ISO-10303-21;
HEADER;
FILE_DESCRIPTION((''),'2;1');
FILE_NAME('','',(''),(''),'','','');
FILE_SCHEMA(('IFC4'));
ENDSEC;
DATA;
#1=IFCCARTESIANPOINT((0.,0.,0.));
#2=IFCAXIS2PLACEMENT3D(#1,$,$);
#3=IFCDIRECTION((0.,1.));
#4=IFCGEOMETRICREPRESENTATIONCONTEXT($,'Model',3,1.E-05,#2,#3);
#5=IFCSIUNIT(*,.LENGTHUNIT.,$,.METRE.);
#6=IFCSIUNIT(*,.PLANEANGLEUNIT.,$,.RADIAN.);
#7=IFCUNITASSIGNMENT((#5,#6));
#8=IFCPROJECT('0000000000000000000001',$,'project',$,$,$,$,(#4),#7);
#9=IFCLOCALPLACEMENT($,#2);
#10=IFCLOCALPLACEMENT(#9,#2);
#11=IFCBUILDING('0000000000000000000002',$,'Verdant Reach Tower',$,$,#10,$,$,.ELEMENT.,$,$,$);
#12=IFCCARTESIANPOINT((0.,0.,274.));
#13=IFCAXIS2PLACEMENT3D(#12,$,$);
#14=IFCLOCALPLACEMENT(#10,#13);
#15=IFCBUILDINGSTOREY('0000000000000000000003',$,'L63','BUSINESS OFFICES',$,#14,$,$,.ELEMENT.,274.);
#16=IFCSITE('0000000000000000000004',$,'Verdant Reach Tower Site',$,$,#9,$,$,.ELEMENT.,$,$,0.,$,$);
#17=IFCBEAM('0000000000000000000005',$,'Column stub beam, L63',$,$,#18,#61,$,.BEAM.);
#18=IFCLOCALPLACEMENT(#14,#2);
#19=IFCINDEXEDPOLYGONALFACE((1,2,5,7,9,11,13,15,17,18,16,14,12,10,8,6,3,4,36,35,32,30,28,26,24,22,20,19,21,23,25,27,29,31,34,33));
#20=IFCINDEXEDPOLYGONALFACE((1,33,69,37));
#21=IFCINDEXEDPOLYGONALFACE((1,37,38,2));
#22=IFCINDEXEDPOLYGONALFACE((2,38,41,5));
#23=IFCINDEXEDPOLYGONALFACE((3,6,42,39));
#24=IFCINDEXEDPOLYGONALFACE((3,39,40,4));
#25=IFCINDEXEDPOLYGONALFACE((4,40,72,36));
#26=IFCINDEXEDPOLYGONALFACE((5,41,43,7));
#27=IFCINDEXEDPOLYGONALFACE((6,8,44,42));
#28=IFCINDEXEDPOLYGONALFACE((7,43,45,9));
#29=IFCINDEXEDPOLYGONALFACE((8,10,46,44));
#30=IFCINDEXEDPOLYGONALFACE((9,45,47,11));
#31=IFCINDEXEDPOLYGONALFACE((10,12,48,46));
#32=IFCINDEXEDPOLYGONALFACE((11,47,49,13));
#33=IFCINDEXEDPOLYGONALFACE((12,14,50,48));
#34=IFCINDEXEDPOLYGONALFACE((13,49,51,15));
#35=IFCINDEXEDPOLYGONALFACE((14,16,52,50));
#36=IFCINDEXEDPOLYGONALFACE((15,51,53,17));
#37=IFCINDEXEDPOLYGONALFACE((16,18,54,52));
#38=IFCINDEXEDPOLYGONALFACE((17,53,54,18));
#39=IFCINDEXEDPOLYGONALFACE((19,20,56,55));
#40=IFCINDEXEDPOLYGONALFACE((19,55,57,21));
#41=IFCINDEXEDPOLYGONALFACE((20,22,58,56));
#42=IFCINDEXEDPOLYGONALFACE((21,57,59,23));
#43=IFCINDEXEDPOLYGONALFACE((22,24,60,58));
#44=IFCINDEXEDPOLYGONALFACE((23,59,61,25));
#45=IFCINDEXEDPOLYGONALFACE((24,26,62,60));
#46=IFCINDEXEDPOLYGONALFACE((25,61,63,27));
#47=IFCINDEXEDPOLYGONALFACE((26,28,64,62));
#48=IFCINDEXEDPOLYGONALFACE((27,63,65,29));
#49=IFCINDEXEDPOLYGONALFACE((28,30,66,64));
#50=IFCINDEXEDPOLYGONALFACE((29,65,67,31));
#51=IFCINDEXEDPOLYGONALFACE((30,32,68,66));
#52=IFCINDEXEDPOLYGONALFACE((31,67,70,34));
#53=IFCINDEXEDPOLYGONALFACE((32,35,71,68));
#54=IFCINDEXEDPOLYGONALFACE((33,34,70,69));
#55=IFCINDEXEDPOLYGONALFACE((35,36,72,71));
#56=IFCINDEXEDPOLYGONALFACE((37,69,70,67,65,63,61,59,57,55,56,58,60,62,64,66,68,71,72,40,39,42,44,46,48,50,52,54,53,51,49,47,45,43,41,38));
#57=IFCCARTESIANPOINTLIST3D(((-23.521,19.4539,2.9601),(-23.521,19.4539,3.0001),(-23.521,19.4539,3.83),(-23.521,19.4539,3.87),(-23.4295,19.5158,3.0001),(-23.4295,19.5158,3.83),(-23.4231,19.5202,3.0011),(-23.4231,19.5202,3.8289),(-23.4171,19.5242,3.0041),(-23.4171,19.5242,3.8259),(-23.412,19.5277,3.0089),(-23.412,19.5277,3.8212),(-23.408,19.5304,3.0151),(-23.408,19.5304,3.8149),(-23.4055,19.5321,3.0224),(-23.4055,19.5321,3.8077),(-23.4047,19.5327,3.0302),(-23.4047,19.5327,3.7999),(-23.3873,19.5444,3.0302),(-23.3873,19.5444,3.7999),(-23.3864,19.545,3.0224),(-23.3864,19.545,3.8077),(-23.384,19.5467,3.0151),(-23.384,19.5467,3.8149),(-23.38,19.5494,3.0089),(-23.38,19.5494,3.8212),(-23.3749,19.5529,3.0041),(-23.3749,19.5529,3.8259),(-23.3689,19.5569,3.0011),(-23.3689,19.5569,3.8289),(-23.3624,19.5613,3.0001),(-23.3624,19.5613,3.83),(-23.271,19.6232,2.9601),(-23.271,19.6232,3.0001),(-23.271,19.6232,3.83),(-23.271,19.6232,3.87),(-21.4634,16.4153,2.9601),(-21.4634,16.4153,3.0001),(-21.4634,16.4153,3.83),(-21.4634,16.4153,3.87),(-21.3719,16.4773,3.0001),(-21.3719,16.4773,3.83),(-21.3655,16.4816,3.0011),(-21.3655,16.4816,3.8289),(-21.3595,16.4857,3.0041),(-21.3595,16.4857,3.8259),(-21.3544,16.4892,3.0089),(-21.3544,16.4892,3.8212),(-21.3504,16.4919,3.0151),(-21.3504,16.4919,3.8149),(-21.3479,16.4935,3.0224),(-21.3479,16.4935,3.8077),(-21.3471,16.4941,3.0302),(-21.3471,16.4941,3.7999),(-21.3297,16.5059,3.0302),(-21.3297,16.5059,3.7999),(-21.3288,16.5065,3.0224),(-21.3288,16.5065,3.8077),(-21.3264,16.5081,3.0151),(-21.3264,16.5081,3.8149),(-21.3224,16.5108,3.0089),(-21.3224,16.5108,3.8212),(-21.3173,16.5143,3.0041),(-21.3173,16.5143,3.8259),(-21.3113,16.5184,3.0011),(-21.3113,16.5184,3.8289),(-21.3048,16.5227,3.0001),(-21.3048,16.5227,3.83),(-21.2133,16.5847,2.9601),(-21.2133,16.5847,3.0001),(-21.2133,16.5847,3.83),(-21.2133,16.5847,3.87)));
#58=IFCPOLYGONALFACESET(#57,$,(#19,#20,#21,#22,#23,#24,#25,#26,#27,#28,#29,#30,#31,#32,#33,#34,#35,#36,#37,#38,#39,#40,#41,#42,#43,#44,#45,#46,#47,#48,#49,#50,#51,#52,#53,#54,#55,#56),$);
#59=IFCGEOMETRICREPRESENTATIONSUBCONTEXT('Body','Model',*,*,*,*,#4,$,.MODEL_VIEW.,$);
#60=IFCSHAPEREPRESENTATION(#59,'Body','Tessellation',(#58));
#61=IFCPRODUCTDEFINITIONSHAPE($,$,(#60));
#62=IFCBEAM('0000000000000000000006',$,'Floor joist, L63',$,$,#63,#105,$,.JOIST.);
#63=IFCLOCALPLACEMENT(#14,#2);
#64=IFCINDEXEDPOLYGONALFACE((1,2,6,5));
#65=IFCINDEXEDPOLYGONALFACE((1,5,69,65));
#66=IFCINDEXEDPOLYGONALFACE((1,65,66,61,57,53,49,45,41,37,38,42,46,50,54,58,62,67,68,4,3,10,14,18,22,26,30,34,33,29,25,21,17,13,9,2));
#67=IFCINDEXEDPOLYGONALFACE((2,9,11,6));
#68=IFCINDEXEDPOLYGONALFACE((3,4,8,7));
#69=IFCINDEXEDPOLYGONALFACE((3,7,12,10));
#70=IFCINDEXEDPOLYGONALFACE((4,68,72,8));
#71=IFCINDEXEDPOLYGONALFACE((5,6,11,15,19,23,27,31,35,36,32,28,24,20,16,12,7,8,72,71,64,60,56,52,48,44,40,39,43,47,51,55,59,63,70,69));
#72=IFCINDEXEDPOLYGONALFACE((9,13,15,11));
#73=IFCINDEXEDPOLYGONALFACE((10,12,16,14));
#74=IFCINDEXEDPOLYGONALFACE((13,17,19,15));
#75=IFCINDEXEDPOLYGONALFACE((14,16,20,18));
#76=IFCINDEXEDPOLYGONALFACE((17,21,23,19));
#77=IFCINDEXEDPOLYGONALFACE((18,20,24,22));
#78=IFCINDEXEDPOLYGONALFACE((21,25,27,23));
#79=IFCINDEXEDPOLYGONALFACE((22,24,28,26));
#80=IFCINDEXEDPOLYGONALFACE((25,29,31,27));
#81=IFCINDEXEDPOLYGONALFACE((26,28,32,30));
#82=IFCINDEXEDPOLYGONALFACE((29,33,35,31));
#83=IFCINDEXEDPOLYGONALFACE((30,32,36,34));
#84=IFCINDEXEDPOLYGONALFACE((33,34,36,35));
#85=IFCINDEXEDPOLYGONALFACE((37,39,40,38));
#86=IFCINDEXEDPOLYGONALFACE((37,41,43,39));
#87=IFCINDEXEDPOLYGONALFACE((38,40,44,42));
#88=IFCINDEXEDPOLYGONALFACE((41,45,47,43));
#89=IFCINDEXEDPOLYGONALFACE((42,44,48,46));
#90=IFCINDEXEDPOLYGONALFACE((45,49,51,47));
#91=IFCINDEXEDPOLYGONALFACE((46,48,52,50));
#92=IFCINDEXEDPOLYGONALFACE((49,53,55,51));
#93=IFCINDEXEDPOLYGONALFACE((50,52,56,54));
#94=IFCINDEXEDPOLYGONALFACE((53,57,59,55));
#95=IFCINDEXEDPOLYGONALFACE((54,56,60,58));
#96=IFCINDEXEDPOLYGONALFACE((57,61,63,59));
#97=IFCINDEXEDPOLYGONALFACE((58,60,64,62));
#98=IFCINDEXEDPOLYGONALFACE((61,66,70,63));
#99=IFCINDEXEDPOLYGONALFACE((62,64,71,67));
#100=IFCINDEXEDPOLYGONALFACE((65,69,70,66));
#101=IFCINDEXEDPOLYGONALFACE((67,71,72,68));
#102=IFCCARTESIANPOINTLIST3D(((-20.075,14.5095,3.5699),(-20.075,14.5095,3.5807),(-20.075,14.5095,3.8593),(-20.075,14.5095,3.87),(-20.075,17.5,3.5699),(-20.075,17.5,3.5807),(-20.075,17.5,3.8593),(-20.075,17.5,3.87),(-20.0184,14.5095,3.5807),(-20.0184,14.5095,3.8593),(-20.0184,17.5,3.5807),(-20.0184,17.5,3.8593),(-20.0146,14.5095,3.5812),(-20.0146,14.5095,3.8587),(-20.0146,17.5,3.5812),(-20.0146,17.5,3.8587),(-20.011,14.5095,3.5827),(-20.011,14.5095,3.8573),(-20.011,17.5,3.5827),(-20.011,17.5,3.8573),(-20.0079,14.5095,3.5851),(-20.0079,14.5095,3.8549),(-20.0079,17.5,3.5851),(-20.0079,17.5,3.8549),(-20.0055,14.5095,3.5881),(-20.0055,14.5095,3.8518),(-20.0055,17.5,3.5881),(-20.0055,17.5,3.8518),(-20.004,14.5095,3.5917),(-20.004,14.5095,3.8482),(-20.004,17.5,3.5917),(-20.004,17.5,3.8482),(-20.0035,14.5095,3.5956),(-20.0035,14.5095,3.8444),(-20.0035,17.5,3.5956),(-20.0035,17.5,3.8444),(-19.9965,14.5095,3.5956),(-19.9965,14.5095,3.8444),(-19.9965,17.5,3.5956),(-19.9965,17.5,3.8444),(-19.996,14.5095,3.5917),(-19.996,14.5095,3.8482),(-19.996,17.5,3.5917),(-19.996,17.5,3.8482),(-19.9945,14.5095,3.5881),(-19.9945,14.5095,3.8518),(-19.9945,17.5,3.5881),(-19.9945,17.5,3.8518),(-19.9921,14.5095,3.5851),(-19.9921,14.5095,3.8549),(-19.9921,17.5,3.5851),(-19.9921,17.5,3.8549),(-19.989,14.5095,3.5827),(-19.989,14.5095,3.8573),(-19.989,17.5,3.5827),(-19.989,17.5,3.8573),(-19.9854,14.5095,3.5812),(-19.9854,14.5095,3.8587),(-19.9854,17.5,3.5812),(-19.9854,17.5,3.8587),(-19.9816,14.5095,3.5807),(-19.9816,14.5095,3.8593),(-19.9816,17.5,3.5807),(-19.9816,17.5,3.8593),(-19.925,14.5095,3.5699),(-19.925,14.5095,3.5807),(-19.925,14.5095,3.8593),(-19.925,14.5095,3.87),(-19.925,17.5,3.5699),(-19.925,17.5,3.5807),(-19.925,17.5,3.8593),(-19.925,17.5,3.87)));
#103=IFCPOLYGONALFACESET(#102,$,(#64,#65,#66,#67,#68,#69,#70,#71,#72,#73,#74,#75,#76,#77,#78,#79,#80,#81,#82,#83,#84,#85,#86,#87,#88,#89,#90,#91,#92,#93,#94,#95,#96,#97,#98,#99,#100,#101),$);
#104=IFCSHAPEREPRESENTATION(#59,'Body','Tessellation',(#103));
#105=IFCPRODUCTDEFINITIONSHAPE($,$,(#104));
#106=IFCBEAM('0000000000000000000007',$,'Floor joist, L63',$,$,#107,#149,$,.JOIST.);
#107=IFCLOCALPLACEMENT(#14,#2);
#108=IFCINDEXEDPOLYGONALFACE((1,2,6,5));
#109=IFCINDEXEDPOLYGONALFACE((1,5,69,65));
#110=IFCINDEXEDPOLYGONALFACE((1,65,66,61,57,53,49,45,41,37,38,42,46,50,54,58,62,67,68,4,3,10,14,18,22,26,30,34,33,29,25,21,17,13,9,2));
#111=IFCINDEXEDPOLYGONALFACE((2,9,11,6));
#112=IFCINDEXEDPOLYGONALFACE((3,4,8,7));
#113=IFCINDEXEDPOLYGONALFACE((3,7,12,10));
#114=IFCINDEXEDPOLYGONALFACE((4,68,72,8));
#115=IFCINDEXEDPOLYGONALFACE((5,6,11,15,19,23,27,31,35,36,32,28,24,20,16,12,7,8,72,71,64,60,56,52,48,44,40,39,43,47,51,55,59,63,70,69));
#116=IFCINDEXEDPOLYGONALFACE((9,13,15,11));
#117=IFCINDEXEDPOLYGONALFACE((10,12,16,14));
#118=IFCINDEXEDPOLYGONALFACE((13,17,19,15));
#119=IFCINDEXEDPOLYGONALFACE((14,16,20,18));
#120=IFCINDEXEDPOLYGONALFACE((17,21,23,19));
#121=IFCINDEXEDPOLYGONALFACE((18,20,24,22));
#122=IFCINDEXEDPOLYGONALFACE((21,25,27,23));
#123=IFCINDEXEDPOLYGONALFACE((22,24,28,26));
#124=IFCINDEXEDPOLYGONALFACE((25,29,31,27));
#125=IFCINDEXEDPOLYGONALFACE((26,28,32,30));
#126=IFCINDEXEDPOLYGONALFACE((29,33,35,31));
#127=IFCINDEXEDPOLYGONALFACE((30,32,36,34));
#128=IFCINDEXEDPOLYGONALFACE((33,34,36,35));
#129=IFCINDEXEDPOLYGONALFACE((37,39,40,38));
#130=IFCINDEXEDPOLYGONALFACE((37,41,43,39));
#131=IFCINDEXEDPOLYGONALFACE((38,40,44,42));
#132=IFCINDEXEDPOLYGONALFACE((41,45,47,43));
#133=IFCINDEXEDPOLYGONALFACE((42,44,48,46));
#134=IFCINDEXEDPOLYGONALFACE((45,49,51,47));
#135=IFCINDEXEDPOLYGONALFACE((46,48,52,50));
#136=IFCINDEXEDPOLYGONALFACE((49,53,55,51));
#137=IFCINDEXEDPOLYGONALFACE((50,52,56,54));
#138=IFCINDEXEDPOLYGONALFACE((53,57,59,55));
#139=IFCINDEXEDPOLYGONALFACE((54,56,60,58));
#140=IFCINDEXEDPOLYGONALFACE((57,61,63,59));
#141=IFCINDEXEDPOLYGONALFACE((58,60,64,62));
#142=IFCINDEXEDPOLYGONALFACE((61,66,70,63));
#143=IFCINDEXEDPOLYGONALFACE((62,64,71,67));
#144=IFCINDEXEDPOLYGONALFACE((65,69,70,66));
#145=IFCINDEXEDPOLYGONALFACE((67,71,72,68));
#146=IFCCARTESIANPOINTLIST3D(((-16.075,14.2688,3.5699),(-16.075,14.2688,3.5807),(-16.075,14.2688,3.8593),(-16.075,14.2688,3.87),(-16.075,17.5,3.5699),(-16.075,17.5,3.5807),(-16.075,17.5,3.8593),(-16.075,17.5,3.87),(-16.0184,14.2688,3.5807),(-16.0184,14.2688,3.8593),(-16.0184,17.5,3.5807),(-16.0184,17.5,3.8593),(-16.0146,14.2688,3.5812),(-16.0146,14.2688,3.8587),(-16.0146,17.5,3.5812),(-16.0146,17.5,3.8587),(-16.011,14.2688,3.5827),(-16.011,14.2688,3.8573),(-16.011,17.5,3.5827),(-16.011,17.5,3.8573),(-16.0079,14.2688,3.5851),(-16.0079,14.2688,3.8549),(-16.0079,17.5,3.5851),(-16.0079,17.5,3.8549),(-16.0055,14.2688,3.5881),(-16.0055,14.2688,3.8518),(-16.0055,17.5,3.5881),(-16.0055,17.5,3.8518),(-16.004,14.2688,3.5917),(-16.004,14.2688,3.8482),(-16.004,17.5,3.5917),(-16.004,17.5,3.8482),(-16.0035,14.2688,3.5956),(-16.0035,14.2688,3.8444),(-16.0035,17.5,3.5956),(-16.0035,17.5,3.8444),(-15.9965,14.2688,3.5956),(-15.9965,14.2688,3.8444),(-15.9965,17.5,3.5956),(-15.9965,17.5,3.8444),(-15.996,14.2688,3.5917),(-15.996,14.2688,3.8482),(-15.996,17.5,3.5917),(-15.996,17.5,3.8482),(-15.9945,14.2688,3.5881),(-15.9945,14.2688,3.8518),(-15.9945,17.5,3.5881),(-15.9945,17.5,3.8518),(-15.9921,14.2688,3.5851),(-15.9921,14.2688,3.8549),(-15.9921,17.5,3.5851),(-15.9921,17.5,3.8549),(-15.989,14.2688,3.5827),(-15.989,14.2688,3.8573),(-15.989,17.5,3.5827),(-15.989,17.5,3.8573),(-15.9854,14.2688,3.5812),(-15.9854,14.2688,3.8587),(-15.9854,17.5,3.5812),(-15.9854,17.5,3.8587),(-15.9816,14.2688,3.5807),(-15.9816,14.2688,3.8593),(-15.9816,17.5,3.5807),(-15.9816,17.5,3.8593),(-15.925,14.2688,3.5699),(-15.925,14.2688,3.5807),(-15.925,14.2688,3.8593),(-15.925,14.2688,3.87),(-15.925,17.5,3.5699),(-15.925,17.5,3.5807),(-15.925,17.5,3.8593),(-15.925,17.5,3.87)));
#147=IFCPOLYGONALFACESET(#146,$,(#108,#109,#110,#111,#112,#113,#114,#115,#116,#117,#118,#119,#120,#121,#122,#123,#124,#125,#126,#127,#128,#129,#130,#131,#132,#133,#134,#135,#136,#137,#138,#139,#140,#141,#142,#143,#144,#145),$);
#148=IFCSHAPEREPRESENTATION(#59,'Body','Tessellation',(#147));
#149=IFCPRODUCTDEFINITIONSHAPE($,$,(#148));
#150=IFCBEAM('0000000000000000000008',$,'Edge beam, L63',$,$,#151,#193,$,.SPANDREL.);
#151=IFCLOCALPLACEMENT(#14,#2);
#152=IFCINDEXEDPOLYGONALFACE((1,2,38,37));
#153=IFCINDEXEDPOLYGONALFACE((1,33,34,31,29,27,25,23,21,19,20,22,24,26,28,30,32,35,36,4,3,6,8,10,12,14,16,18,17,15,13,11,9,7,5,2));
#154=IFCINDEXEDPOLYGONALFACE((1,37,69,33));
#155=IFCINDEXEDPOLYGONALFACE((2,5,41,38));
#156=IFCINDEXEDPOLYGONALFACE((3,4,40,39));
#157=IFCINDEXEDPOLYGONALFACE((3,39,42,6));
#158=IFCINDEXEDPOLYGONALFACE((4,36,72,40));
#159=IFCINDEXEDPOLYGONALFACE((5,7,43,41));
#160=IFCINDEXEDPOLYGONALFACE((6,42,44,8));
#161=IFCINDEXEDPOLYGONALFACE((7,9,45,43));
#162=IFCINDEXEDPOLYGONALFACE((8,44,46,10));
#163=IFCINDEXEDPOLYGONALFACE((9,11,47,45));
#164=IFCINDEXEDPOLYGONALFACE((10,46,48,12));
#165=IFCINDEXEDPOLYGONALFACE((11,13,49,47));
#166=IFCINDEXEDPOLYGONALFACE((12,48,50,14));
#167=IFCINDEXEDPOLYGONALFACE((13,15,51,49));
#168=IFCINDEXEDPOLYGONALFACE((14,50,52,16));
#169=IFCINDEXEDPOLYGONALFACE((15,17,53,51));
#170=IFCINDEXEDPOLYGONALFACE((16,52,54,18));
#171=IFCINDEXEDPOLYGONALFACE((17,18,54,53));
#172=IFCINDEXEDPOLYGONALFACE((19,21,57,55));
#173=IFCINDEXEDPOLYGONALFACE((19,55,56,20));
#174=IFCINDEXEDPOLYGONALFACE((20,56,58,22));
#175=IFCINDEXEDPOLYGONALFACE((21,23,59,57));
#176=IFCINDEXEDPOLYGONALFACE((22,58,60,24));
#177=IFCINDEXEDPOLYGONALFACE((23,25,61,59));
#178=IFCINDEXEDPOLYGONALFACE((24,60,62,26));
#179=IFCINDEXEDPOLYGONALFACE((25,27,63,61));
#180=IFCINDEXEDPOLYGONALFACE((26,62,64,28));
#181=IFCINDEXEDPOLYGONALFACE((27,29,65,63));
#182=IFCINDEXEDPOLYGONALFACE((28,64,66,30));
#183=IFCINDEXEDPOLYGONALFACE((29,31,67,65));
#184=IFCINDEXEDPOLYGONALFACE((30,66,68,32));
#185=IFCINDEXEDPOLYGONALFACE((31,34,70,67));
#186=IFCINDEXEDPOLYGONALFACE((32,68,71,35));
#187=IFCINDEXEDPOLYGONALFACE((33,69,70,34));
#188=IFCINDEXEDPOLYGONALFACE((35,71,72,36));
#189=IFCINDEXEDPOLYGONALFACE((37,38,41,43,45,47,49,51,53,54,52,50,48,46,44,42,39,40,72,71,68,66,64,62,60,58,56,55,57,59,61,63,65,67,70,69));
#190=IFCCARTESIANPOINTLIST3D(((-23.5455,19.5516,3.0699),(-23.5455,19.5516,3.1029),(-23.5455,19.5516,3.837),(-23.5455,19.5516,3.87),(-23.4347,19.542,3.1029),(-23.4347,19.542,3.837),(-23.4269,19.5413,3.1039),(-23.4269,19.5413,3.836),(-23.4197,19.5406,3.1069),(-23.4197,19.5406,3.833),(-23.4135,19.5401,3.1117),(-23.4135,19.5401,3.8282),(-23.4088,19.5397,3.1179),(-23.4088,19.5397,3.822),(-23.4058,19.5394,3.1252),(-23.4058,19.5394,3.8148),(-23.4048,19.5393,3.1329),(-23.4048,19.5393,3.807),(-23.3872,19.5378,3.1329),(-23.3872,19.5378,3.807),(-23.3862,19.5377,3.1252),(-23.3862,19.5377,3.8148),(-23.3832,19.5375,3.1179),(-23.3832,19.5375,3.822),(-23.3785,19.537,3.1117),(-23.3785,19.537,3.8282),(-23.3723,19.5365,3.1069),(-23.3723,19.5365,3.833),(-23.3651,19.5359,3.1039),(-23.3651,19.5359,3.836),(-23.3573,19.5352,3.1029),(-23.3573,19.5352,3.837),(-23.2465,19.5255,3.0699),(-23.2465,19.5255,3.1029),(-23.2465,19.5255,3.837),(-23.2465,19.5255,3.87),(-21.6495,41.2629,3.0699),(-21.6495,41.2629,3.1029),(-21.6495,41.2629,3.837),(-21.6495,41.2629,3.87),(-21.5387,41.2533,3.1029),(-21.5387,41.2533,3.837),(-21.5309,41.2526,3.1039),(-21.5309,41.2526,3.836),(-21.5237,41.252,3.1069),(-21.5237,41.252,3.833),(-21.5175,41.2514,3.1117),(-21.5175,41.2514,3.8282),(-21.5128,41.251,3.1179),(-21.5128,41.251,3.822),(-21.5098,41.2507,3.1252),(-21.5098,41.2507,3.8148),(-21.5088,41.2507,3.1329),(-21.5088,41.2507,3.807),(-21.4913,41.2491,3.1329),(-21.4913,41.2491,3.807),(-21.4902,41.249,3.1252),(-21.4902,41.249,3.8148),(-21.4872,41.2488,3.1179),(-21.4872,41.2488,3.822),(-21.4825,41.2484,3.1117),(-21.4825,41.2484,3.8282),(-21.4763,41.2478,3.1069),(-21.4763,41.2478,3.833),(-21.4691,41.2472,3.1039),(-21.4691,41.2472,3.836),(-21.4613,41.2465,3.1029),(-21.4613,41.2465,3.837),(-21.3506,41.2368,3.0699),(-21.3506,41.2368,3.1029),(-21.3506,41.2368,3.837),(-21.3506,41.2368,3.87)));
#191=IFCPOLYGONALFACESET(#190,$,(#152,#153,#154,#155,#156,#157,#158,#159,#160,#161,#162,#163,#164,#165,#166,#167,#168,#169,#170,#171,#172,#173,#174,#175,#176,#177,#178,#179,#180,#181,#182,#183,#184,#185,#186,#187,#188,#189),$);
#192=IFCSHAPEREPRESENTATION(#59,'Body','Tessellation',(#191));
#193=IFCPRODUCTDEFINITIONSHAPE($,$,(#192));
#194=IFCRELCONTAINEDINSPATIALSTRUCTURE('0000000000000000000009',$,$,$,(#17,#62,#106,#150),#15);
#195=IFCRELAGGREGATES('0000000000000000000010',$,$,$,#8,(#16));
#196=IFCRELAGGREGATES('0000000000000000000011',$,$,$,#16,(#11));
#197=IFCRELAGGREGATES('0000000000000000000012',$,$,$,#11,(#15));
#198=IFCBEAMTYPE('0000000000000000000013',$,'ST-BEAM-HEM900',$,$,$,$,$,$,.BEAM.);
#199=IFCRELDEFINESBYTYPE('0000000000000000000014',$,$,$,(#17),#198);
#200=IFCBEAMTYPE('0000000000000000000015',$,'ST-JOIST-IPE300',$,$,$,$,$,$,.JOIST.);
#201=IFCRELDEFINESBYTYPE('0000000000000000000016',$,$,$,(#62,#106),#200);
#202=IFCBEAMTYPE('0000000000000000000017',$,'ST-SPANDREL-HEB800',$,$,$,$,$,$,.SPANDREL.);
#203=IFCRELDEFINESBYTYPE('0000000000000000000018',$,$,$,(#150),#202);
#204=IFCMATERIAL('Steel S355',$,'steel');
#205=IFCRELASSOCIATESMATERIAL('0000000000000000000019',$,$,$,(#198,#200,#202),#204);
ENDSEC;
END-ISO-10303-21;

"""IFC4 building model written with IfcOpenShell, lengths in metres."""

from ifc_helpers import new_model, si_unit, direction, frame, origin, origin_2d, place, context, subcontext, project, spatial, i_section, extrude, material, material_profile, profile_set, type_object, element, save


model = new_model("IFC4")

# Units and contexts
model_context = context("Model", 3, precision=1e-05, world=origin(), true_north=direction((0.0, 1.0)))
body_context = subcontext(model_context, "Body", "Model", "MODEL_VIEW")
ifc_project = project(units=[si_unit("LENGTHUNIT", "METRE"), si_unit("PLANEANGLEUNIT", "RADIAN")], contexts=[model_context])

# Site, building, storey
site_placement = place(None, origin())
site = spatial("IfcSite", under=ifc_project, at=site_placement, Name="Verdant Reach Tower Site", CompositionType="ELEMENT", RefElevation=0.0)
building_placement = place(site_placement, origin())
building = spatial("IfcBuilding", under=site, at=building_placement, Name="Verdant Reach Tower", CompositionType="ELEMENT")
storey_placement = place(building_placement, frame((0.0, 0.0, 274.0)))
storey = spatial("IfcBuildingStorey", under=building, at=storey_placement, Name="L63", Description="BUSINESS OFFICES", CompositionType="ELEMENT", Elevation=274.0)

# Beams
ifc_material_1 = material(Name="Steel S355", Category="steel")
ifc_material_profile_1 = material_profile(ifc_material_1, i_section(OverallWidth=0.302, OverallDepth=0.9099, WebThickness=0.021, FlangeThickness=0.04, FilletRadius=0.03, at=origin_2d()), Name="HEM 900")
ifc_profile_set_1 = profile_set([ifc_material_profile_1], Name="Steel S355")
beam_type_1 = type_object("IfcBeamType", Name="ST-BEAM-HEM900", PredefinedType="BEAM", material=ifc_profile_set_1)
beam_1_placement = place(storey_placement, frame((-21.3384, 16.5, 3.415), z_axis=(-0.560704, 0.828016, 0.0), x_axis=(-0.828016, -0.560704, 0.0)))
element("IfcBeam", 1, at=beam_1_placement, inside=storey, type_object=beam_type_1, Name="Column stub beam, L63", PredefinedType="BEAM", context=body_context, shape_type="SweptSolid", body=[
    extrude(i_section(OverallWidth=0.302, OverallDepth=0.9099, WebThickness=0.021, FlangeThickness=0.04, FilletRadius=0.03, at=origin_2d()), origin(), (0.0, 0.0, 1.0), 3.6697),
])
ifc_material_profile_2 = material_profile(ifc_material_1, i_section(OverallWidth=0.1499, OverallDepth=0.3, WebThickness=0.0071, FlangeThickness=0.0107, FilletRadius=0.0149, at=origin_2d()), Name="IPE 300")
ifc_profile_set_2 = profile_set([ifc_material_profile_2], Name="Steel S355")
beam_type_2 = type_object("IfcBeamType", Name="ST-JOIST-IPE300", PredefinedType="JOIST", material=ifc_profile_set_2)
beam_2_placement = place(storey_placement, frame((-20.0, 17.5, 3.72), z_axis=(0.0, -1.0, 0.0), x_axis=(1.0, 0.0, 0.0)))
element("IfcBeam", 2, at=beam_2_placement, inside=storey, type_object=beam_type_2, Name="Floor joist, L63", PredefinedType="JOIST", context=body_context, shape_type="SweptSolid", body=[
    extrude(i_section(OverallWidth=0.1499, OverallDepth=0.3, WebThickness=0.0071, FlangeThickness=0.0107, FilletRadius=0.0149, at=origin_2d()), origin(), (0.0, 0.0, 1.0), 2.9905),
])
beam_3_placement = place(storey_placement, frame((-16.0, 17.5, 3.72), z_axis=(0.0, -1.0, 0.0), x_axis=(1.0, 0.0, 0.0)))
element("IfcBeam", 3, at=beam_3_placement, inside=storey, type_object=beam_type_2, Name="Floor joist, L63", PredefinedType="JOIST", context=body_context, shape_type="SweptSolid", body=[
    extrude(i_section(OverallWidth=0.1499, OverallDepth=0.3, WebThickness=0.0071, FlangeThickness=0.0107, FilletRadius=0.0149, at=origin_2d()), origin(), (0.0, 0.0, 1.0), 3.2312),
])
ifc_material_profile_3 = material_profile(ifc_material_1, i_section(OverallWidth=0.3, OverallDepth=0.8, WebThickness=0.0176, FlangeThickness=0.033, FilletRadius=0.03, at=origin_2d()), Name="HEB 800")
ifc_profile_set_3 = profile_set([ifc_material_profile_3], Name="Steel S355")
beam_type_3 = type_object("IfcBeamType", Name="ST-SPANDREL-HEB800", PredefinedType="SPANDREL", material=ifc_profile_set_3)
beam_4_placement = place(storey_placement, frame((-23.396, 19.5386, 3.47), z_axis=(0.086996, 0.996209, 0.0), x_axis=(-0.996209, 0.086996, 0.0)))
element("IfcBeam", 4, at=beam_4_placement, inside=storey, type_object=beam_type_3, Name="Edge beam, L63", PredefinedType="SPANDREL", context=body_context, shape_type="SweptSolid", body=[
    extrude(i_section(OverallWidth=0.3, OverallDepth=0.8, WebThickness=0.0176, FlangeThickness=0.033, FilletRadius=0.03, at=origin_2d()), origin(), (0.0, 0.0, 1.0), 21.7939),
])

save(model, "model.ifc")
